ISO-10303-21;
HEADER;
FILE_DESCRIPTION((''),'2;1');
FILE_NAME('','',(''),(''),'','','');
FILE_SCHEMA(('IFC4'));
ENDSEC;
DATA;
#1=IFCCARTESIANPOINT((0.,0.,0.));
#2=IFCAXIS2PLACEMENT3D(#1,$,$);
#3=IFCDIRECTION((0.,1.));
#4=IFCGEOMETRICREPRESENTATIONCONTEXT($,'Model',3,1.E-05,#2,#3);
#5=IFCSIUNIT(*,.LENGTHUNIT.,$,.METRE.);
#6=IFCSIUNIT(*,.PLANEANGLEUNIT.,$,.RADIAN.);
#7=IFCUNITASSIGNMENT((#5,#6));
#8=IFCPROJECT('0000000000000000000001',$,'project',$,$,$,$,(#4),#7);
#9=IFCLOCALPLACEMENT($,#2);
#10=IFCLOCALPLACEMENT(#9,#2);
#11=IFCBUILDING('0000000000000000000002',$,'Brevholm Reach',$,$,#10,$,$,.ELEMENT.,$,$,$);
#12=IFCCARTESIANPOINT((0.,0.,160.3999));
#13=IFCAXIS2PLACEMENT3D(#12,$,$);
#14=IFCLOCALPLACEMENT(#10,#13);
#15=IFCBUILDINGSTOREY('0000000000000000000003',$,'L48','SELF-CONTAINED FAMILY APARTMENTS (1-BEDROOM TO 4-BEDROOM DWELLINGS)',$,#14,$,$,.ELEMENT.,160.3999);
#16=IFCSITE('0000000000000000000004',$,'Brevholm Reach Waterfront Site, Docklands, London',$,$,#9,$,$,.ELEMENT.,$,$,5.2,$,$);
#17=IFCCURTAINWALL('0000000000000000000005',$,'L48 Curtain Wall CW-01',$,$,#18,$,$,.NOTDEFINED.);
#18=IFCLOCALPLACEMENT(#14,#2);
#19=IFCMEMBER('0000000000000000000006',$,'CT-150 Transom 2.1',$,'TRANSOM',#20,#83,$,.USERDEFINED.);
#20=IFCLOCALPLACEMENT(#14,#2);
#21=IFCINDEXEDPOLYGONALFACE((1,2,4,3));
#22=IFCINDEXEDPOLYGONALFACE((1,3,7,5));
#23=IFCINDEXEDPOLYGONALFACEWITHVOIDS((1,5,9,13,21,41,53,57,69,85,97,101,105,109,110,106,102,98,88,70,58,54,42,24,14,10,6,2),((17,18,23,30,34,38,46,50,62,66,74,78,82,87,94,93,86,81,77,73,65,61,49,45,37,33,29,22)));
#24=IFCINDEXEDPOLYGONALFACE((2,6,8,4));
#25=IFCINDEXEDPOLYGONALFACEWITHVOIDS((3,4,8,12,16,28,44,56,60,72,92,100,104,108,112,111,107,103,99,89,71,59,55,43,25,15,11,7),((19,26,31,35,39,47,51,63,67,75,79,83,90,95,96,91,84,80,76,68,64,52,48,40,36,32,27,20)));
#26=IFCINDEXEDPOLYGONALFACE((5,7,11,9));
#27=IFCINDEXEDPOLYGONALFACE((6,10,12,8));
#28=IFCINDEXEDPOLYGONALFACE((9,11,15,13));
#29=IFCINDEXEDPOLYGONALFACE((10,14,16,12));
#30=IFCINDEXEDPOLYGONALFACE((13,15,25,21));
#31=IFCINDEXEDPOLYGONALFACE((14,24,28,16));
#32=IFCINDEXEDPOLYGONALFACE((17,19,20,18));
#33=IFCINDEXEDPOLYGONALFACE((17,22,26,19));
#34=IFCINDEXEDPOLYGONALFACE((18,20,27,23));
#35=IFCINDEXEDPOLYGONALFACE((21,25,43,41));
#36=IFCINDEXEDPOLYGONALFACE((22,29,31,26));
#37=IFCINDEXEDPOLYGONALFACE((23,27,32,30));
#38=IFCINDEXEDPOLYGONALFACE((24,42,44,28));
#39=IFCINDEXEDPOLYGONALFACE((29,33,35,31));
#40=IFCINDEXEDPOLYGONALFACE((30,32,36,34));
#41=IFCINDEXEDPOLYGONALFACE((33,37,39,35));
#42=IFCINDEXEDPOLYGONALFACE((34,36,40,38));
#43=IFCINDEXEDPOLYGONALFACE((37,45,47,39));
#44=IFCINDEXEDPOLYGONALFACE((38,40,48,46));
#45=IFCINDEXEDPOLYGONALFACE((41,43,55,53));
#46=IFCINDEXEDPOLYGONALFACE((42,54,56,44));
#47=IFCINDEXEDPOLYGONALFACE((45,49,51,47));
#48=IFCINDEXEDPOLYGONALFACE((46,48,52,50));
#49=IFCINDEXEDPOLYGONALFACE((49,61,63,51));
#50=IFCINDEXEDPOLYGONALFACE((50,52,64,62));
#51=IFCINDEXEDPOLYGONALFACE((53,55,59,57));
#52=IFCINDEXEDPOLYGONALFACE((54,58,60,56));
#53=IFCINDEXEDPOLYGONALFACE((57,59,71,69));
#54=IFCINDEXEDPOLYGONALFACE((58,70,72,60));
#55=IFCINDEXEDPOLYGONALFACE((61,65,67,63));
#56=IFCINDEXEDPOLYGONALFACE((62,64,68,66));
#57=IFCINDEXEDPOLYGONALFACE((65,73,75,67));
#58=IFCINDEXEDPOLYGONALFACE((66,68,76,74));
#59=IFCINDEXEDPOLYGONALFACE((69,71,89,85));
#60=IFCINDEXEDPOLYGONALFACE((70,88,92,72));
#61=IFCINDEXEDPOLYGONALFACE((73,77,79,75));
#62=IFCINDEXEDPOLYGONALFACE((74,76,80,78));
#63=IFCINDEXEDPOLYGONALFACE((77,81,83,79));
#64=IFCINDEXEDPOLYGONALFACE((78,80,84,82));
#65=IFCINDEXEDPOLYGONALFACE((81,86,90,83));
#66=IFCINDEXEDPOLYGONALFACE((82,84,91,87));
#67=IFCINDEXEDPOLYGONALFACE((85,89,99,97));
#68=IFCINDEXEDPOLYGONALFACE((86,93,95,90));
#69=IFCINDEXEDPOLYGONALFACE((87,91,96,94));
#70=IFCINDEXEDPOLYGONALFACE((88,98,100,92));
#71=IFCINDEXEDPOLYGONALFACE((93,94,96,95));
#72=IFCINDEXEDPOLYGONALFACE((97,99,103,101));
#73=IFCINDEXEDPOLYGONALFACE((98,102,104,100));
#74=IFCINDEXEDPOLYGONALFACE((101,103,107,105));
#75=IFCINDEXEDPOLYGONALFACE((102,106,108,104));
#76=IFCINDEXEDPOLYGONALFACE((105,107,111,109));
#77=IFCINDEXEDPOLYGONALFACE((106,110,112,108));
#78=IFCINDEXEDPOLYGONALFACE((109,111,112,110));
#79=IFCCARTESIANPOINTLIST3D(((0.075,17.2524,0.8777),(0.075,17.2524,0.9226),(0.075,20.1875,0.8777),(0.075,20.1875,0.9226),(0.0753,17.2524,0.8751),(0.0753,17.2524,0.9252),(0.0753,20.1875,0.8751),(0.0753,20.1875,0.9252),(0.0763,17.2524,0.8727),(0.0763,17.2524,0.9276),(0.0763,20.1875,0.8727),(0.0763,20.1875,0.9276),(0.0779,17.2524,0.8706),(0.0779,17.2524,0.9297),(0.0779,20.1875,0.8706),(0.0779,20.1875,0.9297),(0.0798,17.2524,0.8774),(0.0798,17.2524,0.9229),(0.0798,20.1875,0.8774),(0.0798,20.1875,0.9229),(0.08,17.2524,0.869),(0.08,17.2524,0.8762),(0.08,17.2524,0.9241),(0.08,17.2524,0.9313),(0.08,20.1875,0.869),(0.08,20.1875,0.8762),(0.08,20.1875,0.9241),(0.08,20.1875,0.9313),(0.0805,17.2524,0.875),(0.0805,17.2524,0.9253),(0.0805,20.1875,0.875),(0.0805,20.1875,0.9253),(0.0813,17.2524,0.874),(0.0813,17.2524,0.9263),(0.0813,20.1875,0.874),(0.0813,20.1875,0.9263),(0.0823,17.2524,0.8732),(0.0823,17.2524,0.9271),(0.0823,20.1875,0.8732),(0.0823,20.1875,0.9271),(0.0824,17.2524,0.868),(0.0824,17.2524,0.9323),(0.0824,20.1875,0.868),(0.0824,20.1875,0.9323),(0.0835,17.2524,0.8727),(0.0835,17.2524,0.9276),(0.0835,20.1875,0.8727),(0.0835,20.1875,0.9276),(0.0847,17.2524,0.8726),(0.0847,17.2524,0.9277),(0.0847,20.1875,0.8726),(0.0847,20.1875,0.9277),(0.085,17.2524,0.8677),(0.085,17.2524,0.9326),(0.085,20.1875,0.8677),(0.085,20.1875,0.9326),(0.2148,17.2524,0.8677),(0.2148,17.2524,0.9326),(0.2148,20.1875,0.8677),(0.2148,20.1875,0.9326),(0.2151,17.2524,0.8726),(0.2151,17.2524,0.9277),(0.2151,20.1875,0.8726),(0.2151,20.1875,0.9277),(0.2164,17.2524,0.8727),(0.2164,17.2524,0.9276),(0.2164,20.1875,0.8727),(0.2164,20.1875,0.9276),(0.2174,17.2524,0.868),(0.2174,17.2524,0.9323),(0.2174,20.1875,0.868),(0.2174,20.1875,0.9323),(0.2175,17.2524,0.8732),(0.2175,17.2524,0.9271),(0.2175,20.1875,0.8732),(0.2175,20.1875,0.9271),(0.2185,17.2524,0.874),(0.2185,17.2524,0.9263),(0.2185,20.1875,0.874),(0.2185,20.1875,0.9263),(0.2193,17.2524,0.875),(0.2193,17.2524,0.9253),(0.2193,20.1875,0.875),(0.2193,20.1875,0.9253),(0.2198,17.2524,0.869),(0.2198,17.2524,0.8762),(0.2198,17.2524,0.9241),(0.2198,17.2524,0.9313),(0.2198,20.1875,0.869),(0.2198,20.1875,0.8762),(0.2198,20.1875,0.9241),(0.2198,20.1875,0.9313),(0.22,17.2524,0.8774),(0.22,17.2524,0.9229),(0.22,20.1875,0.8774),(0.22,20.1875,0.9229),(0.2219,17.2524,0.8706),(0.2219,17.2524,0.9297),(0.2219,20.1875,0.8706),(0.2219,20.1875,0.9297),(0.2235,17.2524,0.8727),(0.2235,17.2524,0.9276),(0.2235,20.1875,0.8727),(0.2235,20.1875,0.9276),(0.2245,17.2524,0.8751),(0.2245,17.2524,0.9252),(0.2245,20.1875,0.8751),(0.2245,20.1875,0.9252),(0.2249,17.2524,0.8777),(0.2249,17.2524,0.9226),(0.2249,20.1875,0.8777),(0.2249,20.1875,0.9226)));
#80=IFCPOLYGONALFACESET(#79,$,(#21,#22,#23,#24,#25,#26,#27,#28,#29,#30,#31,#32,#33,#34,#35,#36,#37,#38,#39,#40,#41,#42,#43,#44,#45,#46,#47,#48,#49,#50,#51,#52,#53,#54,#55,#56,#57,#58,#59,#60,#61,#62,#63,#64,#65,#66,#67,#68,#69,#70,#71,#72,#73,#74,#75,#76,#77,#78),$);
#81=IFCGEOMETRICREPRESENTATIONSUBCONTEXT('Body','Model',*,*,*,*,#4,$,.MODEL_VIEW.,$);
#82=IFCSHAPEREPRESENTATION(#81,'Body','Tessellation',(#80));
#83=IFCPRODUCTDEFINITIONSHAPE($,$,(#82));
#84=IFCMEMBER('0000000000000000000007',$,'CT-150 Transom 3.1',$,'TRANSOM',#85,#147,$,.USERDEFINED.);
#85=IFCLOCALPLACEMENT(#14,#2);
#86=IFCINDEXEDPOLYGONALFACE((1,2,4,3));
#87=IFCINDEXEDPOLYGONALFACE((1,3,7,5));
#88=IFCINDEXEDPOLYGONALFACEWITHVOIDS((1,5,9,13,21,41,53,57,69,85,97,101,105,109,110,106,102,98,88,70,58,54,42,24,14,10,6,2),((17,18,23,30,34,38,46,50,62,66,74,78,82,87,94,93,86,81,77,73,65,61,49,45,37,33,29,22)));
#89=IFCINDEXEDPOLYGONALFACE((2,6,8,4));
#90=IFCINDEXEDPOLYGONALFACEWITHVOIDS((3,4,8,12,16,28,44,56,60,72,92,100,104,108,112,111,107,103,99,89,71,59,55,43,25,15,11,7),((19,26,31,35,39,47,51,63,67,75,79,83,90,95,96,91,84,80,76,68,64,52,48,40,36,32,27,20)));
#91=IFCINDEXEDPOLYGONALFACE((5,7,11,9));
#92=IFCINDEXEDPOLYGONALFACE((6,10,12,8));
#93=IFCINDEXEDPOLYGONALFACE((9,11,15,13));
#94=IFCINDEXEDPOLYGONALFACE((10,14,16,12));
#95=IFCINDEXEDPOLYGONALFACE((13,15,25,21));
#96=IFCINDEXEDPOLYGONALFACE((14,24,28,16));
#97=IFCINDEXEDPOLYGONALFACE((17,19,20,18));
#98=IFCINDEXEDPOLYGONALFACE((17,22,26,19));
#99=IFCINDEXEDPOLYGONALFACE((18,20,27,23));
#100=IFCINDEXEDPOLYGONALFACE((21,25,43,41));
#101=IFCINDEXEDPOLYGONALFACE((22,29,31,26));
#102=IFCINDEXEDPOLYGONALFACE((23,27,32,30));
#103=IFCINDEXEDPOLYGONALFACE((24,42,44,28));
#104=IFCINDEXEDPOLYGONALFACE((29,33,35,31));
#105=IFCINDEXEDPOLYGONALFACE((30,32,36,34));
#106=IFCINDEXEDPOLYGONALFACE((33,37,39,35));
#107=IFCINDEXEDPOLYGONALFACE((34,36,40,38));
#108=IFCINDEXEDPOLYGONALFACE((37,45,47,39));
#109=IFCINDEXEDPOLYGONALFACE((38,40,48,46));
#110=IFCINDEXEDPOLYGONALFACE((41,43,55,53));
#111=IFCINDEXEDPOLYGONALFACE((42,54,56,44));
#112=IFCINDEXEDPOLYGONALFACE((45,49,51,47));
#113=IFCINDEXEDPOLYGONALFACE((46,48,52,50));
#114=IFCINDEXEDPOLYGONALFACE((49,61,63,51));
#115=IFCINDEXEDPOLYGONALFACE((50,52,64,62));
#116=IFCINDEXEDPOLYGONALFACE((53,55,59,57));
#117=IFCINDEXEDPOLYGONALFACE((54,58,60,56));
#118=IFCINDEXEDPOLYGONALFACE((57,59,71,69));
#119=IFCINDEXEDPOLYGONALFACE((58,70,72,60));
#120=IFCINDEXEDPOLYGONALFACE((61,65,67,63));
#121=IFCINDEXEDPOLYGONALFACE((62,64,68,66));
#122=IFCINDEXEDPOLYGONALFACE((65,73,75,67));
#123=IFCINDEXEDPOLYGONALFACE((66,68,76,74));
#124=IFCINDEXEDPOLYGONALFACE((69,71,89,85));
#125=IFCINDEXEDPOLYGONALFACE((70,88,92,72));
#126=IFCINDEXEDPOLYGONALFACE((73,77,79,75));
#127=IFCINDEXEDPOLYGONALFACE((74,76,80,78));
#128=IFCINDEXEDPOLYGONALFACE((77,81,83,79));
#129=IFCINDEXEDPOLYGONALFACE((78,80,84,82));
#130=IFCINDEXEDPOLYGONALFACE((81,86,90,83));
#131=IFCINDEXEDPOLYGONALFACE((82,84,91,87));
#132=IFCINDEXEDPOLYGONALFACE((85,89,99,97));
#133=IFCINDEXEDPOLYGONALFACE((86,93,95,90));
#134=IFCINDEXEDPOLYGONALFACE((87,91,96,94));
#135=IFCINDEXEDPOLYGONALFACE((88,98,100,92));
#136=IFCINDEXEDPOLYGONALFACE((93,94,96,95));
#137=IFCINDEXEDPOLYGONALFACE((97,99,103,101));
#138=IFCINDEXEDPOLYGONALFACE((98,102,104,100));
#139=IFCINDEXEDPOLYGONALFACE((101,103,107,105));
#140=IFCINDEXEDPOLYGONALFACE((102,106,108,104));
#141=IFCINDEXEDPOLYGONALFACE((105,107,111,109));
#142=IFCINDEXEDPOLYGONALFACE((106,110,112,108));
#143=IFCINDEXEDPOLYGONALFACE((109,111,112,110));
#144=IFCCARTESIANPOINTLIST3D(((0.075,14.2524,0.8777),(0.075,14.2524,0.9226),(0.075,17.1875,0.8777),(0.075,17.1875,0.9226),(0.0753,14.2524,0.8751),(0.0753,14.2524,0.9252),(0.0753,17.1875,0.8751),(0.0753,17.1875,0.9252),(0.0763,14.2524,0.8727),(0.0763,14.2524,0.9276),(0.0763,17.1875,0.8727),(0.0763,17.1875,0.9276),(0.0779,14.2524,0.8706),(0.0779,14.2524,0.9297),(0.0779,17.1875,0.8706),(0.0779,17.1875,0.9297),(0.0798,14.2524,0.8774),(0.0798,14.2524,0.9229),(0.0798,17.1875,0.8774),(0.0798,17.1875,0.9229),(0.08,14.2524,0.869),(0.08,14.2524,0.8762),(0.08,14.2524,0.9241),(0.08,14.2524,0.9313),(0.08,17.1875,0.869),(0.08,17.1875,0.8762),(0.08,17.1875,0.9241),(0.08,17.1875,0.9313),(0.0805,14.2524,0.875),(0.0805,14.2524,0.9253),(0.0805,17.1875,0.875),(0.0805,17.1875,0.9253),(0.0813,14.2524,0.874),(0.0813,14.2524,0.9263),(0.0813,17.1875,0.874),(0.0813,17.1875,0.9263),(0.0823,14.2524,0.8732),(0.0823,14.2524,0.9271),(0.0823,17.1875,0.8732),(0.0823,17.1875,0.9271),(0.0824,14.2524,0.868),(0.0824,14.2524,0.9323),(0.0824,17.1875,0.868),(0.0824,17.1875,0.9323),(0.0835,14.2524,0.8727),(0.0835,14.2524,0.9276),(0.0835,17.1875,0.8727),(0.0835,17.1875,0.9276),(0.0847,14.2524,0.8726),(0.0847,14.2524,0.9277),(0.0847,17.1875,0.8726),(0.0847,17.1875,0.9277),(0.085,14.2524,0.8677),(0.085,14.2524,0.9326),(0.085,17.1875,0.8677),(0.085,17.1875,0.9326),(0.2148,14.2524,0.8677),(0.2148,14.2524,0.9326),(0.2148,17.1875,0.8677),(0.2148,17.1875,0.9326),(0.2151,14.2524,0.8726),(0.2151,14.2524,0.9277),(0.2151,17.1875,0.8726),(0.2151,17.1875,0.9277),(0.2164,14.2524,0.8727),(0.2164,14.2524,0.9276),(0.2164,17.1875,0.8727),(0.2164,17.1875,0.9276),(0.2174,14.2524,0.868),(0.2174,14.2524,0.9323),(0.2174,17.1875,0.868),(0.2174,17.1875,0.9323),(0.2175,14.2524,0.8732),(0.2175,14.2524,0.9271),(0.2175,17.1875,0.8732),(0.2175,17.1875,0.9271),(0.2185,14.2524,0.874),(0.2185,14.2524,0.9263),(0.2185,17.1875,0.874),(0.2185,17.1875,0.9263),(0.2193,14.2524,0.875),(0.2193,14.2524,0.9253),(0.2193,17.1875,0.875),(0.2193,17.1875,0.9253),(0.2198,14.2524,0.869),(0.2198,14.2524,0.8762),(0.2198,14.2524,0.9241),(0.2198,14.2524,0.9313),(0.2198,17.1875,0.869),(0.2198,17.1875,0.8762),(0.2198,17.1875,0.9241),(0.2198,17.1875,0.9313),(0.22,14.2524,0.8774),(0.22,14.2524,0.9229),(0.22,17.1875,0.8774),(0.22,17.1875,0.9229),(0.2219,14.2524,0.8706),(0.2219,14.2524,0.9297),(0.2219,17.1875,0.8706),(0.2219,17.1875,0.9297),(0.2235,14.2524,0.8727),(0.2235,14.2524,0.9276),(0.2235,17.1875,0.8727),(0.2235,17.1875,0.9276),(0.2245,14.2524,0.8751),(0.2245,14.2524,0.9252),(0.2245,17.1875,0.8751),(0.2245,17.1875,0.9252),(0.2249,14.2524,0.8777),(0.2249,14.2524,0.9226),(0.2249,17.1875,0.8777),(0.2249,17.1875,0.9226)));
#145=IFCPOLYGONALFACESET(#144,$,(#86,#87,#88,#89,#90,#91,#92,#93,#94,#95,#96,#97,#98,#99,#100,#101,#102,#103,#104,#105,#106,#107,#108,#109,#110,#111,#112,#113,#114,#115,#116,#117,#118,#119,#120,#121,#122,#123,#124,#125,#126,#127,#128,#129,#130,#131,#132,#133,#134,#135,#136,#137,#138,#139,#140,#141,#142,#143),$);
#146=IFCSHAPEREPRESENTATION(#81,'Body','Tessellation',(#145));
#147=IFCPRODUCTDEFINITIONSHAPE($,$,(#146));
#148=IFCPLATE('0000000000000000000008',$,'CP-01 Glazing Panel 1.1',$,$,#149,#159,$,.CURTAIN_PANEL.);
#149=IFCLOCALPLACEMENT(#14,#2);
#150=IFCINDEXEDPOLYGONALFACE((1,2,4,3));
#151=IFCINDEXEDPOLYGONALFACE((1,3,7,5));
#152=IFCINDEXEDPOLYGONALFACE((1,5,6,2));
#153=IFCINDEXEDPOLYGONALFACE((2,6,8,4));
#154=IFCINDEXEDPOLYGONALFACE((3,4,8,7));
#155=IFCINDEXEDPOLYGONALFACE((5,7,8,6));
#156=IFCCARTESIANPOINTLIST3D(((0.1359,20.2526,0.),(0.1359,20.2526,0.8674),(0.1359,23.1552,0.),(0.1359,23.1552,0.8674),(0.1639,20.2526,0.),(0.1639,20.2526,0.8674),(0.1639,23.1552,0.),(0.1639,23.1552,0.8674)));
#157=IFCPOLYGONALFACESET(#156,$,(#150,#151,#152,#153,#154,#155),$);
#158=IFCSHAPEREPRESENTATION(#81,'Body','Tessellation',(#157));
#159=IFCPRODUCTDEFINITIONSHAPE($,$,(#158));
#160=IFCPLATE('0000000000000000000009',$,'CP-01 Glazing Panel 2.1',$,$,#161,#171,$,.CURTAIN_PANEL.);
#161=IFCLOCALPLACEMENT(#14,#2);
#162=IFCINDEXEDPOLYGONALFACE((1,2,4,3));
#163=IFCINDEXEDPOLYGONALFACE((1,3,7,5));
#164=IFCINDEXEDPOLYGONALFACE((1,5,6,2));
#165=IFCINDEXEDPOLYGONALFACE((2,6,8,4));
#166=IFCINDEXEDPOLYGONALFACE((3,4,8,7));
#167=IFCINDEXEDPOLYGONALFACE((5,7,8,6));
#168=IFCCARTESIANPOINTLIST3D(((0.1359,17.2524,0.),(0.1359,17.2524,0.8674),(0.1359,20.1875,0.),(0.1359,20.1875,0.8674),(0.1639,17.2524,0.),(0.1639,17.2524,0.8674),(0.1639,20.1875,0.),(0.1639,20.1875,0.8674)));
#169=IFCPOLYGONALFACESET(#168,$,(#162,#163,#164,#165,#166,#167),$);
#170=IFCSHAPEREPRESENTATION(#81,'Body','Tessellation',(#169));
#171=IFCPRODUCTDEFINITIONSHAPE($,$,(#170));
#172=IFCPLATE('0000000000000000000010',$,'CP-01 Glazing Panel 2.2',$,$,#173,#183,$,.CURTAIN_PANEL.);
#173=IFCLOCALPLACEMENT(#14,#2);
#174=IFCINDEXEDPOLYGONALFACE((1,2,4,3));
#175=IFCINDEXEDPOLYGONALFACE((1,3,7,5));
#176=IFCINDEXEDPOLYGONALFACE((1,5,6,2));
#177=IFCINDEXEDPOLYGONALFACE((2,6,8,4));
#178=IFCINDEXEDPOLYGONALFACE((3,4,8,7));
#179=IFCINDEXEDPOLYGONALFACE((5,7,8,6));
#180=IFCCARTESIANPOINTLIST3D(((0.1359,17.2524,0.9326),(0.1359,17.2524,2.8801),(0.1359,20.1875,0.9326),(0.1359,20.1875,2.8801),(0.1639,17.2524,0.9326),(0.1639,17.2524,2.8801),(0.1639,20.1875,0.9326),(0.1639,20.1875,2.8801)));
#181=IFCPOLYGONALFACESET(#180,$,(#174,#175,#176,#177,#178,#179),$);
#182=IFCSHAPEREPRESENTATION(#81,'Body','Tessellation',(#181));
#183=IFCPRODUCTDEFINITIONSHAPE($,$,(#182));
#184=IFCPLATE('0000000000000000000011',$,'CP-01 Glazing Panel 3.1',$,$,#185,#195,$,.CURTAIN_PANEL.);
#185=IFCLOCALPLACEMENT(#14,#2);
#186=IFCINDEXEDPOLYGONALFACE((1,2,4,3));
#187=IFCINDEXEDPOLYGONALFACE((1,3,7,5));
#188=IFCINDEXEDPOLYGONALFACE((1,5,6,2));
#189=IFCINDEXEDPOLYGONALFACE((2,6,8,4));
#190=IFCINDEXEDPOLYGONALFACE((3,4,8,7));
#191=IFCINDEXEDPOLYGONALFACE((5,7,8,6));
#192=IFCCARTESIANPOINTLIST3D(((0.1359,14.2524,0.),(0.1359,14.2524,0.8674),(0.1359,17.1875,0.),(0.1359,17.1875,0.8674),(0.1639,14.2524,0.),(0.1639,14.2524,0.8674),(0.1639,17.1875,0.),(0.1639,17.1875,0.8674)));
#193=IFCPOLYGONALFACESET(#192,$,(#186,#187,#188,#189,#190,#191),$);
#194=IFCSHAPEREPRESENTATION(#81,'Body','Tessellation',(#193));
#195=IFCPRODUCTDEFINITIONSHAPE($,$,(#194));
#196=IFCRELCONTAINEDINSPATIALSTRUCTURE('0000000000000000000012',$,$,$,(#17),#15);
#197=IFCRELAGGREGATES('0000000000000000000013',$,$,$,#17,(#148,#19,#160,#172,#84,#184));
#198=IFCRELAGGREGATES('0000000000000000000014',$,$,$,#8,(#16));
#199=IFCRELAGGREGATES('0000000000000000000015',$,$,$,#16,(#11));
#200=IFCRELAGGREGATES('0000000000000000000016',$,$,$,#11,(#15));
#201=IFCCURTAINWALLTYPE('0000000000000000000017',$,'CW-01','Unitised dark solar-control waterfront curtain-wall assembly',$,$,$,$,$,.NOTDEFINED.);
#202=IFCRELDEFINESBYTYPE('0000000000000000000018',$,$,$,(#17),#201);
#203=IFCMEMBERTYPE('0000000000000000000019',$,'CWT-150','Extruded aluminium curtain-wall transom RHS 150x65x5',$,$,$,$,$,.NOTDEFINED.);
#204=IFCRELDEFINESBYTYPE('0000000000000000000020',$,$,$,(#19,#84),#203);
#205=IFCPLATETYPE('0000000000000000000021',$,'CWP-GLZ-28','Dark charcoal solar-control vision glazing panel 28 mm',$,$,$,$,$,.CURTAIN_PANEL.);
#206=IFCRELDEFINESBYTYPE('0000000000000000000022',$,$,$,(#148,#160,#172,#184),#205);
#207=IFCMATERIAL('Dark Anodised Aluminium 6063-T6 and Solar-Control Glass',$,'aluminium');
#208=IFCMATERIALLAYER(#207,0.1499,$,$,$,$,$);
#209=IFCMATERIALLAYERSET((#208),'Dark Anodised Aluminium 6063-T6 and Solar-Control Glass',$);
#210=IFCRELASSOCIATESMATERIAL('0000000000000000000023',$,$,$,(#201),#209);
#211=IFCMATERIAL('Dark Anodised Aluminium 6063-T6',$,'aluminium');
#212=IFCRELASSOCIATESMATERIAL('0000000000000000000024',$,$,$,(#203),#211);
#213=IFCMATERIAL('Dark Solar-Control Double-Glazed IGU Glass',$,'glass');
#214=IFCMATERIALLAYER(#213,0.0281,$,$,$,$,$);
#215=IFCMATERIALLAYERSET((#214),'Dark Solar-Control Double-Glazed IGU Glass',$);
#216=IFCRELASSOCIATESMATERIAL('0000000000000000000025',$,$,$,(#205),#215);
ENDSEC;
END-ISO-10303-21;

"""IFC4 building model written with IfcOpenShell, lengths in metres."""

from ifc_helpers import new_model, si_unit, direction, frame, origin, origin_2d, place, context, subcontext, project, spatial, rectangle, hollow_rectangle, extrude, material, layer, layer_set, material_profile, profile_set, type_object, element, aggregate, save


model = new_model("IFC4")

# Units and contexts
model_context = context("Model", 3, precision=1e-05, world=origin(), true_north=direction((0.0, 1.0)))
body_context = subcontext(model_context, "Body", "Model", "MODEL_VIEW")
ifc_project = project(units=[si_unit("LENGTHUNIT", "METRE"), si_unit("PLANEANGLEUNIT", "RADIAN")], contexts=[model_context])

# Site, building, storey
site_placement = place(None, origin())
site = spatial("IfcSite", under=ifc_project, at=site_placement, Name="Brevholm Reach Waterfront Site, Docklands, London", CompositionType="ELEMENT", RefElevation=5.2)
building_placement = place(site_placement, origin())
building = spatial("IfcBuilding", under=site, at=building_placement, Name="Brevholm Reach", CompositionType="ELEMENT")
storey_placement = place(building_placement, frame((0.0, 0.0, 160.3999)))
storey = spatial("IfcBuildingStorey", under=building, at=storey_placement, Name="L48", Description="SELF-CONTAINED FAMILY APARTMENTS (1-BEDROOM TO 4-BEDROOM DWELLINGS)", CompositionType="ELEMENT", Elevation=160.3999)

# Curtain wall, members, plates
ifc_material_1 = material(Name="Dark Anodised Aluminium 6063-T6 and Solar-Control Glass", Category="aluminium")
ifc_layer_1 = layer(ifc_material_1, 0.1499)
ifc_layer_set_1 = layer_set([ifc_layer_1], Name="Dark Anodised Aluminium 6063-T6 and Solar-Control Glass")
curtain_wall_type = type_object("IfcCurtainWallType", Name="CW-01", Description="Unitised dark solar-control waterfront curtain-wall assembly", PredefinedType="NOTDEFINED", material=ifc_layer_set_1)
curtain_wall_placement = place(storey_placement, origin())
curtain_wall = element("IfcCurtainWall", 1, at=curtain_wall_placement, inside=storey, type_object=curtain_wall_type, Name="L48 Curtain Wall CW-01", PredefinedType="NOTDEFINED")
ifc_material_2 = material(Name="Dark Anodised Aluminium 6063-T6", Category="aluminium")
ifc_material_profile_1 = material_profile(ifc_material_2, hollow_rectangle(XDim=0.0649, YDim=0.1499, WallThickness=0.0049, InnerFilletRadius=0.0049, OuterFilletRadius=0.01, at=origin_2d()), Name="RHS 150x65x5")
ifc_profile_set_1 = profile_set([ifc_material_profile_1], Name="Dark Anodised Aluminium 6063-T6")
member_type_1 = type_object("IfcMemberType", Name="CWT-150", Description="Extruded aluminium curtain-wall transom RHS 150x65x5", PredefinedType="NOTDEFINED", material=ifc_profile_set_1)
member_1_placement = place(storey_placement, frame((0.1499, 20.1875, 0.9001), z_axis=(0.0, -1.0, 0.0), x_axis=(0.0, 0.0, 1.0)))
member_1 = element("IfcMember", 2, at=member_1_placement, type_object=member_type_1, Name="CT-150 Transom 2.1", ObjectType="TRANSOM", PredefinedType="USERDEFINED", context=body_context, shape_type="SweptSolid", body=[
    extrude(hollow_rectangle(XDim=0.0649, YDim=0.1499, WallThickness=0.0049, InnerFilletRadius=0.0049, OuterFilletRadius=0.01, at=origin_2d()), origin(), (0.0, 0.0, 1.0), 2.9351),
])
member_2_placement = place(storey_placement, frame((0.1499, 17.1875, 0.9001), z_axis=(0.0, -1.0, 0.0), x_axis=(0.0, 0.0, 1.0)))
member_2 = element("IfcMember", 3, at=member_2_placement, type_object=member_type_1, Name="CT-150 Transom 3.1", ObjectType="TRANSOM", PredefinedType="USERDEFINED", context=body_context, shape_type="SweptSolid", body=[
    extrude(hollow_rectangle(XDim=0.0649, YDim=0.1499, WallThickness=0.0049, InnerFilletRadius=0.0049, OuterFilletRadius=0.01, at=origin_2d()), origin(), (0.0, 0.0, 1.0), 2.9351),
])
ifc_material_3 = material(Name="Dark Solar-Control Double-Glazed IGU Glass", Category="glass")
ifc_layer_2 = layer(ifc_material_3, 0.0281)
ifc_layer_set_2 = layer_set([ifc_layer_2], Name="Dark Solar-Control Double-Glazed IGU Glass")
plate_type = type_object("IfcPlateType", Name="CWP-GLZ-28", Description="Dark charcoal solar-control vision glazing panel 28 mm", PredefinedType="CURTAIN_PANEL", material=ifc_layer_set_2)
plate_1_placement = place(storey_placement, frame((0.1499, 21.7039, 0.0), z_axis=(0.0, 0.0, 1.0), x_axis=(0.0, -1.0, 0.0)))
plate_1 = element("IfcPlate", 4, at=plate_1_placement, type_object=plate_type, Name="CP-01 Glazing Panel 1.1", PredefinedType="CURTAIN_PANEL", context=body_context, shape_type="SweptSolid", body=[
    extrude(rectangle(XDim=2.9026, YDim=0.0281, at=origin_2d()), origin(), (0.0, 0.0, 1.0), 0.8674),
])
plate_2_placement = place(storey_placement, frame((0.1499, 18.72, 0.0), z_axis=(0.0, 0.0, 1.0), x_axis=(0.0, -1.0, 0.0)))
plate_2 = element("IfcPlate", 5, at=plate_2_placement, type_object=plate_type, Name="CP-01 Glazing Panel 2.1", PredefinedType="CURTAIN_PANEL", context=body_context, shape_type="SweptSolid", body=[
    extrude(rectangle(XDim=2.9351, YDim=0.0281, at=origin_2d()), origin(), (0.0, 0.0, 1.0), 0.8674),
])
plate_3_placement = place(storey_placement, frame((0.1499, 18.72, 0.9326), z_axis=(0.0, 0.0, 1.0), x_axis=(0.0, -1.0, 0.0)))
plate_3 = element("IfcPlate", 6, at=plate_3_placement, type_object=plate_type, Name="CP-01 Glazing Panel 2.2", PredefinedType="CURTAIN_PANEL", context=body_context, shape_type="SweptSolid", body=[
    extrude(rectangle(XDim=2.9351, YDim=0.0281, at=origin_2d()), origin(), (0.0, 0.0, 1.0), 1.9475),
])
plate_4_placement = place(storey_placement, frame((0.1499, 15.72, 0.0), z_axis=(0.0, 0.0, 1.0), x_axis=(0.0, -1.0, 0.0)))
plate_4 = element("IfcPlate", 7, at=plate_4_placement, type_object=plate_type, Name="CP-01 Glazing Panel 3.1", PredefinedType="CURTAIN_PANEL", context=body_context, shape_type="SweptSolid", body=[
    extrude(rectangle(XDim=2.9351, YDim=0.0281, at=origin_2d()), origin(), (0.0, 0.0, 1.0), 0.8674),
])
aggregate(curtain_wall, [plate_1, member_1, plate_2, plate_3, member_2, plate_4])

save(model, "model.ifc")
